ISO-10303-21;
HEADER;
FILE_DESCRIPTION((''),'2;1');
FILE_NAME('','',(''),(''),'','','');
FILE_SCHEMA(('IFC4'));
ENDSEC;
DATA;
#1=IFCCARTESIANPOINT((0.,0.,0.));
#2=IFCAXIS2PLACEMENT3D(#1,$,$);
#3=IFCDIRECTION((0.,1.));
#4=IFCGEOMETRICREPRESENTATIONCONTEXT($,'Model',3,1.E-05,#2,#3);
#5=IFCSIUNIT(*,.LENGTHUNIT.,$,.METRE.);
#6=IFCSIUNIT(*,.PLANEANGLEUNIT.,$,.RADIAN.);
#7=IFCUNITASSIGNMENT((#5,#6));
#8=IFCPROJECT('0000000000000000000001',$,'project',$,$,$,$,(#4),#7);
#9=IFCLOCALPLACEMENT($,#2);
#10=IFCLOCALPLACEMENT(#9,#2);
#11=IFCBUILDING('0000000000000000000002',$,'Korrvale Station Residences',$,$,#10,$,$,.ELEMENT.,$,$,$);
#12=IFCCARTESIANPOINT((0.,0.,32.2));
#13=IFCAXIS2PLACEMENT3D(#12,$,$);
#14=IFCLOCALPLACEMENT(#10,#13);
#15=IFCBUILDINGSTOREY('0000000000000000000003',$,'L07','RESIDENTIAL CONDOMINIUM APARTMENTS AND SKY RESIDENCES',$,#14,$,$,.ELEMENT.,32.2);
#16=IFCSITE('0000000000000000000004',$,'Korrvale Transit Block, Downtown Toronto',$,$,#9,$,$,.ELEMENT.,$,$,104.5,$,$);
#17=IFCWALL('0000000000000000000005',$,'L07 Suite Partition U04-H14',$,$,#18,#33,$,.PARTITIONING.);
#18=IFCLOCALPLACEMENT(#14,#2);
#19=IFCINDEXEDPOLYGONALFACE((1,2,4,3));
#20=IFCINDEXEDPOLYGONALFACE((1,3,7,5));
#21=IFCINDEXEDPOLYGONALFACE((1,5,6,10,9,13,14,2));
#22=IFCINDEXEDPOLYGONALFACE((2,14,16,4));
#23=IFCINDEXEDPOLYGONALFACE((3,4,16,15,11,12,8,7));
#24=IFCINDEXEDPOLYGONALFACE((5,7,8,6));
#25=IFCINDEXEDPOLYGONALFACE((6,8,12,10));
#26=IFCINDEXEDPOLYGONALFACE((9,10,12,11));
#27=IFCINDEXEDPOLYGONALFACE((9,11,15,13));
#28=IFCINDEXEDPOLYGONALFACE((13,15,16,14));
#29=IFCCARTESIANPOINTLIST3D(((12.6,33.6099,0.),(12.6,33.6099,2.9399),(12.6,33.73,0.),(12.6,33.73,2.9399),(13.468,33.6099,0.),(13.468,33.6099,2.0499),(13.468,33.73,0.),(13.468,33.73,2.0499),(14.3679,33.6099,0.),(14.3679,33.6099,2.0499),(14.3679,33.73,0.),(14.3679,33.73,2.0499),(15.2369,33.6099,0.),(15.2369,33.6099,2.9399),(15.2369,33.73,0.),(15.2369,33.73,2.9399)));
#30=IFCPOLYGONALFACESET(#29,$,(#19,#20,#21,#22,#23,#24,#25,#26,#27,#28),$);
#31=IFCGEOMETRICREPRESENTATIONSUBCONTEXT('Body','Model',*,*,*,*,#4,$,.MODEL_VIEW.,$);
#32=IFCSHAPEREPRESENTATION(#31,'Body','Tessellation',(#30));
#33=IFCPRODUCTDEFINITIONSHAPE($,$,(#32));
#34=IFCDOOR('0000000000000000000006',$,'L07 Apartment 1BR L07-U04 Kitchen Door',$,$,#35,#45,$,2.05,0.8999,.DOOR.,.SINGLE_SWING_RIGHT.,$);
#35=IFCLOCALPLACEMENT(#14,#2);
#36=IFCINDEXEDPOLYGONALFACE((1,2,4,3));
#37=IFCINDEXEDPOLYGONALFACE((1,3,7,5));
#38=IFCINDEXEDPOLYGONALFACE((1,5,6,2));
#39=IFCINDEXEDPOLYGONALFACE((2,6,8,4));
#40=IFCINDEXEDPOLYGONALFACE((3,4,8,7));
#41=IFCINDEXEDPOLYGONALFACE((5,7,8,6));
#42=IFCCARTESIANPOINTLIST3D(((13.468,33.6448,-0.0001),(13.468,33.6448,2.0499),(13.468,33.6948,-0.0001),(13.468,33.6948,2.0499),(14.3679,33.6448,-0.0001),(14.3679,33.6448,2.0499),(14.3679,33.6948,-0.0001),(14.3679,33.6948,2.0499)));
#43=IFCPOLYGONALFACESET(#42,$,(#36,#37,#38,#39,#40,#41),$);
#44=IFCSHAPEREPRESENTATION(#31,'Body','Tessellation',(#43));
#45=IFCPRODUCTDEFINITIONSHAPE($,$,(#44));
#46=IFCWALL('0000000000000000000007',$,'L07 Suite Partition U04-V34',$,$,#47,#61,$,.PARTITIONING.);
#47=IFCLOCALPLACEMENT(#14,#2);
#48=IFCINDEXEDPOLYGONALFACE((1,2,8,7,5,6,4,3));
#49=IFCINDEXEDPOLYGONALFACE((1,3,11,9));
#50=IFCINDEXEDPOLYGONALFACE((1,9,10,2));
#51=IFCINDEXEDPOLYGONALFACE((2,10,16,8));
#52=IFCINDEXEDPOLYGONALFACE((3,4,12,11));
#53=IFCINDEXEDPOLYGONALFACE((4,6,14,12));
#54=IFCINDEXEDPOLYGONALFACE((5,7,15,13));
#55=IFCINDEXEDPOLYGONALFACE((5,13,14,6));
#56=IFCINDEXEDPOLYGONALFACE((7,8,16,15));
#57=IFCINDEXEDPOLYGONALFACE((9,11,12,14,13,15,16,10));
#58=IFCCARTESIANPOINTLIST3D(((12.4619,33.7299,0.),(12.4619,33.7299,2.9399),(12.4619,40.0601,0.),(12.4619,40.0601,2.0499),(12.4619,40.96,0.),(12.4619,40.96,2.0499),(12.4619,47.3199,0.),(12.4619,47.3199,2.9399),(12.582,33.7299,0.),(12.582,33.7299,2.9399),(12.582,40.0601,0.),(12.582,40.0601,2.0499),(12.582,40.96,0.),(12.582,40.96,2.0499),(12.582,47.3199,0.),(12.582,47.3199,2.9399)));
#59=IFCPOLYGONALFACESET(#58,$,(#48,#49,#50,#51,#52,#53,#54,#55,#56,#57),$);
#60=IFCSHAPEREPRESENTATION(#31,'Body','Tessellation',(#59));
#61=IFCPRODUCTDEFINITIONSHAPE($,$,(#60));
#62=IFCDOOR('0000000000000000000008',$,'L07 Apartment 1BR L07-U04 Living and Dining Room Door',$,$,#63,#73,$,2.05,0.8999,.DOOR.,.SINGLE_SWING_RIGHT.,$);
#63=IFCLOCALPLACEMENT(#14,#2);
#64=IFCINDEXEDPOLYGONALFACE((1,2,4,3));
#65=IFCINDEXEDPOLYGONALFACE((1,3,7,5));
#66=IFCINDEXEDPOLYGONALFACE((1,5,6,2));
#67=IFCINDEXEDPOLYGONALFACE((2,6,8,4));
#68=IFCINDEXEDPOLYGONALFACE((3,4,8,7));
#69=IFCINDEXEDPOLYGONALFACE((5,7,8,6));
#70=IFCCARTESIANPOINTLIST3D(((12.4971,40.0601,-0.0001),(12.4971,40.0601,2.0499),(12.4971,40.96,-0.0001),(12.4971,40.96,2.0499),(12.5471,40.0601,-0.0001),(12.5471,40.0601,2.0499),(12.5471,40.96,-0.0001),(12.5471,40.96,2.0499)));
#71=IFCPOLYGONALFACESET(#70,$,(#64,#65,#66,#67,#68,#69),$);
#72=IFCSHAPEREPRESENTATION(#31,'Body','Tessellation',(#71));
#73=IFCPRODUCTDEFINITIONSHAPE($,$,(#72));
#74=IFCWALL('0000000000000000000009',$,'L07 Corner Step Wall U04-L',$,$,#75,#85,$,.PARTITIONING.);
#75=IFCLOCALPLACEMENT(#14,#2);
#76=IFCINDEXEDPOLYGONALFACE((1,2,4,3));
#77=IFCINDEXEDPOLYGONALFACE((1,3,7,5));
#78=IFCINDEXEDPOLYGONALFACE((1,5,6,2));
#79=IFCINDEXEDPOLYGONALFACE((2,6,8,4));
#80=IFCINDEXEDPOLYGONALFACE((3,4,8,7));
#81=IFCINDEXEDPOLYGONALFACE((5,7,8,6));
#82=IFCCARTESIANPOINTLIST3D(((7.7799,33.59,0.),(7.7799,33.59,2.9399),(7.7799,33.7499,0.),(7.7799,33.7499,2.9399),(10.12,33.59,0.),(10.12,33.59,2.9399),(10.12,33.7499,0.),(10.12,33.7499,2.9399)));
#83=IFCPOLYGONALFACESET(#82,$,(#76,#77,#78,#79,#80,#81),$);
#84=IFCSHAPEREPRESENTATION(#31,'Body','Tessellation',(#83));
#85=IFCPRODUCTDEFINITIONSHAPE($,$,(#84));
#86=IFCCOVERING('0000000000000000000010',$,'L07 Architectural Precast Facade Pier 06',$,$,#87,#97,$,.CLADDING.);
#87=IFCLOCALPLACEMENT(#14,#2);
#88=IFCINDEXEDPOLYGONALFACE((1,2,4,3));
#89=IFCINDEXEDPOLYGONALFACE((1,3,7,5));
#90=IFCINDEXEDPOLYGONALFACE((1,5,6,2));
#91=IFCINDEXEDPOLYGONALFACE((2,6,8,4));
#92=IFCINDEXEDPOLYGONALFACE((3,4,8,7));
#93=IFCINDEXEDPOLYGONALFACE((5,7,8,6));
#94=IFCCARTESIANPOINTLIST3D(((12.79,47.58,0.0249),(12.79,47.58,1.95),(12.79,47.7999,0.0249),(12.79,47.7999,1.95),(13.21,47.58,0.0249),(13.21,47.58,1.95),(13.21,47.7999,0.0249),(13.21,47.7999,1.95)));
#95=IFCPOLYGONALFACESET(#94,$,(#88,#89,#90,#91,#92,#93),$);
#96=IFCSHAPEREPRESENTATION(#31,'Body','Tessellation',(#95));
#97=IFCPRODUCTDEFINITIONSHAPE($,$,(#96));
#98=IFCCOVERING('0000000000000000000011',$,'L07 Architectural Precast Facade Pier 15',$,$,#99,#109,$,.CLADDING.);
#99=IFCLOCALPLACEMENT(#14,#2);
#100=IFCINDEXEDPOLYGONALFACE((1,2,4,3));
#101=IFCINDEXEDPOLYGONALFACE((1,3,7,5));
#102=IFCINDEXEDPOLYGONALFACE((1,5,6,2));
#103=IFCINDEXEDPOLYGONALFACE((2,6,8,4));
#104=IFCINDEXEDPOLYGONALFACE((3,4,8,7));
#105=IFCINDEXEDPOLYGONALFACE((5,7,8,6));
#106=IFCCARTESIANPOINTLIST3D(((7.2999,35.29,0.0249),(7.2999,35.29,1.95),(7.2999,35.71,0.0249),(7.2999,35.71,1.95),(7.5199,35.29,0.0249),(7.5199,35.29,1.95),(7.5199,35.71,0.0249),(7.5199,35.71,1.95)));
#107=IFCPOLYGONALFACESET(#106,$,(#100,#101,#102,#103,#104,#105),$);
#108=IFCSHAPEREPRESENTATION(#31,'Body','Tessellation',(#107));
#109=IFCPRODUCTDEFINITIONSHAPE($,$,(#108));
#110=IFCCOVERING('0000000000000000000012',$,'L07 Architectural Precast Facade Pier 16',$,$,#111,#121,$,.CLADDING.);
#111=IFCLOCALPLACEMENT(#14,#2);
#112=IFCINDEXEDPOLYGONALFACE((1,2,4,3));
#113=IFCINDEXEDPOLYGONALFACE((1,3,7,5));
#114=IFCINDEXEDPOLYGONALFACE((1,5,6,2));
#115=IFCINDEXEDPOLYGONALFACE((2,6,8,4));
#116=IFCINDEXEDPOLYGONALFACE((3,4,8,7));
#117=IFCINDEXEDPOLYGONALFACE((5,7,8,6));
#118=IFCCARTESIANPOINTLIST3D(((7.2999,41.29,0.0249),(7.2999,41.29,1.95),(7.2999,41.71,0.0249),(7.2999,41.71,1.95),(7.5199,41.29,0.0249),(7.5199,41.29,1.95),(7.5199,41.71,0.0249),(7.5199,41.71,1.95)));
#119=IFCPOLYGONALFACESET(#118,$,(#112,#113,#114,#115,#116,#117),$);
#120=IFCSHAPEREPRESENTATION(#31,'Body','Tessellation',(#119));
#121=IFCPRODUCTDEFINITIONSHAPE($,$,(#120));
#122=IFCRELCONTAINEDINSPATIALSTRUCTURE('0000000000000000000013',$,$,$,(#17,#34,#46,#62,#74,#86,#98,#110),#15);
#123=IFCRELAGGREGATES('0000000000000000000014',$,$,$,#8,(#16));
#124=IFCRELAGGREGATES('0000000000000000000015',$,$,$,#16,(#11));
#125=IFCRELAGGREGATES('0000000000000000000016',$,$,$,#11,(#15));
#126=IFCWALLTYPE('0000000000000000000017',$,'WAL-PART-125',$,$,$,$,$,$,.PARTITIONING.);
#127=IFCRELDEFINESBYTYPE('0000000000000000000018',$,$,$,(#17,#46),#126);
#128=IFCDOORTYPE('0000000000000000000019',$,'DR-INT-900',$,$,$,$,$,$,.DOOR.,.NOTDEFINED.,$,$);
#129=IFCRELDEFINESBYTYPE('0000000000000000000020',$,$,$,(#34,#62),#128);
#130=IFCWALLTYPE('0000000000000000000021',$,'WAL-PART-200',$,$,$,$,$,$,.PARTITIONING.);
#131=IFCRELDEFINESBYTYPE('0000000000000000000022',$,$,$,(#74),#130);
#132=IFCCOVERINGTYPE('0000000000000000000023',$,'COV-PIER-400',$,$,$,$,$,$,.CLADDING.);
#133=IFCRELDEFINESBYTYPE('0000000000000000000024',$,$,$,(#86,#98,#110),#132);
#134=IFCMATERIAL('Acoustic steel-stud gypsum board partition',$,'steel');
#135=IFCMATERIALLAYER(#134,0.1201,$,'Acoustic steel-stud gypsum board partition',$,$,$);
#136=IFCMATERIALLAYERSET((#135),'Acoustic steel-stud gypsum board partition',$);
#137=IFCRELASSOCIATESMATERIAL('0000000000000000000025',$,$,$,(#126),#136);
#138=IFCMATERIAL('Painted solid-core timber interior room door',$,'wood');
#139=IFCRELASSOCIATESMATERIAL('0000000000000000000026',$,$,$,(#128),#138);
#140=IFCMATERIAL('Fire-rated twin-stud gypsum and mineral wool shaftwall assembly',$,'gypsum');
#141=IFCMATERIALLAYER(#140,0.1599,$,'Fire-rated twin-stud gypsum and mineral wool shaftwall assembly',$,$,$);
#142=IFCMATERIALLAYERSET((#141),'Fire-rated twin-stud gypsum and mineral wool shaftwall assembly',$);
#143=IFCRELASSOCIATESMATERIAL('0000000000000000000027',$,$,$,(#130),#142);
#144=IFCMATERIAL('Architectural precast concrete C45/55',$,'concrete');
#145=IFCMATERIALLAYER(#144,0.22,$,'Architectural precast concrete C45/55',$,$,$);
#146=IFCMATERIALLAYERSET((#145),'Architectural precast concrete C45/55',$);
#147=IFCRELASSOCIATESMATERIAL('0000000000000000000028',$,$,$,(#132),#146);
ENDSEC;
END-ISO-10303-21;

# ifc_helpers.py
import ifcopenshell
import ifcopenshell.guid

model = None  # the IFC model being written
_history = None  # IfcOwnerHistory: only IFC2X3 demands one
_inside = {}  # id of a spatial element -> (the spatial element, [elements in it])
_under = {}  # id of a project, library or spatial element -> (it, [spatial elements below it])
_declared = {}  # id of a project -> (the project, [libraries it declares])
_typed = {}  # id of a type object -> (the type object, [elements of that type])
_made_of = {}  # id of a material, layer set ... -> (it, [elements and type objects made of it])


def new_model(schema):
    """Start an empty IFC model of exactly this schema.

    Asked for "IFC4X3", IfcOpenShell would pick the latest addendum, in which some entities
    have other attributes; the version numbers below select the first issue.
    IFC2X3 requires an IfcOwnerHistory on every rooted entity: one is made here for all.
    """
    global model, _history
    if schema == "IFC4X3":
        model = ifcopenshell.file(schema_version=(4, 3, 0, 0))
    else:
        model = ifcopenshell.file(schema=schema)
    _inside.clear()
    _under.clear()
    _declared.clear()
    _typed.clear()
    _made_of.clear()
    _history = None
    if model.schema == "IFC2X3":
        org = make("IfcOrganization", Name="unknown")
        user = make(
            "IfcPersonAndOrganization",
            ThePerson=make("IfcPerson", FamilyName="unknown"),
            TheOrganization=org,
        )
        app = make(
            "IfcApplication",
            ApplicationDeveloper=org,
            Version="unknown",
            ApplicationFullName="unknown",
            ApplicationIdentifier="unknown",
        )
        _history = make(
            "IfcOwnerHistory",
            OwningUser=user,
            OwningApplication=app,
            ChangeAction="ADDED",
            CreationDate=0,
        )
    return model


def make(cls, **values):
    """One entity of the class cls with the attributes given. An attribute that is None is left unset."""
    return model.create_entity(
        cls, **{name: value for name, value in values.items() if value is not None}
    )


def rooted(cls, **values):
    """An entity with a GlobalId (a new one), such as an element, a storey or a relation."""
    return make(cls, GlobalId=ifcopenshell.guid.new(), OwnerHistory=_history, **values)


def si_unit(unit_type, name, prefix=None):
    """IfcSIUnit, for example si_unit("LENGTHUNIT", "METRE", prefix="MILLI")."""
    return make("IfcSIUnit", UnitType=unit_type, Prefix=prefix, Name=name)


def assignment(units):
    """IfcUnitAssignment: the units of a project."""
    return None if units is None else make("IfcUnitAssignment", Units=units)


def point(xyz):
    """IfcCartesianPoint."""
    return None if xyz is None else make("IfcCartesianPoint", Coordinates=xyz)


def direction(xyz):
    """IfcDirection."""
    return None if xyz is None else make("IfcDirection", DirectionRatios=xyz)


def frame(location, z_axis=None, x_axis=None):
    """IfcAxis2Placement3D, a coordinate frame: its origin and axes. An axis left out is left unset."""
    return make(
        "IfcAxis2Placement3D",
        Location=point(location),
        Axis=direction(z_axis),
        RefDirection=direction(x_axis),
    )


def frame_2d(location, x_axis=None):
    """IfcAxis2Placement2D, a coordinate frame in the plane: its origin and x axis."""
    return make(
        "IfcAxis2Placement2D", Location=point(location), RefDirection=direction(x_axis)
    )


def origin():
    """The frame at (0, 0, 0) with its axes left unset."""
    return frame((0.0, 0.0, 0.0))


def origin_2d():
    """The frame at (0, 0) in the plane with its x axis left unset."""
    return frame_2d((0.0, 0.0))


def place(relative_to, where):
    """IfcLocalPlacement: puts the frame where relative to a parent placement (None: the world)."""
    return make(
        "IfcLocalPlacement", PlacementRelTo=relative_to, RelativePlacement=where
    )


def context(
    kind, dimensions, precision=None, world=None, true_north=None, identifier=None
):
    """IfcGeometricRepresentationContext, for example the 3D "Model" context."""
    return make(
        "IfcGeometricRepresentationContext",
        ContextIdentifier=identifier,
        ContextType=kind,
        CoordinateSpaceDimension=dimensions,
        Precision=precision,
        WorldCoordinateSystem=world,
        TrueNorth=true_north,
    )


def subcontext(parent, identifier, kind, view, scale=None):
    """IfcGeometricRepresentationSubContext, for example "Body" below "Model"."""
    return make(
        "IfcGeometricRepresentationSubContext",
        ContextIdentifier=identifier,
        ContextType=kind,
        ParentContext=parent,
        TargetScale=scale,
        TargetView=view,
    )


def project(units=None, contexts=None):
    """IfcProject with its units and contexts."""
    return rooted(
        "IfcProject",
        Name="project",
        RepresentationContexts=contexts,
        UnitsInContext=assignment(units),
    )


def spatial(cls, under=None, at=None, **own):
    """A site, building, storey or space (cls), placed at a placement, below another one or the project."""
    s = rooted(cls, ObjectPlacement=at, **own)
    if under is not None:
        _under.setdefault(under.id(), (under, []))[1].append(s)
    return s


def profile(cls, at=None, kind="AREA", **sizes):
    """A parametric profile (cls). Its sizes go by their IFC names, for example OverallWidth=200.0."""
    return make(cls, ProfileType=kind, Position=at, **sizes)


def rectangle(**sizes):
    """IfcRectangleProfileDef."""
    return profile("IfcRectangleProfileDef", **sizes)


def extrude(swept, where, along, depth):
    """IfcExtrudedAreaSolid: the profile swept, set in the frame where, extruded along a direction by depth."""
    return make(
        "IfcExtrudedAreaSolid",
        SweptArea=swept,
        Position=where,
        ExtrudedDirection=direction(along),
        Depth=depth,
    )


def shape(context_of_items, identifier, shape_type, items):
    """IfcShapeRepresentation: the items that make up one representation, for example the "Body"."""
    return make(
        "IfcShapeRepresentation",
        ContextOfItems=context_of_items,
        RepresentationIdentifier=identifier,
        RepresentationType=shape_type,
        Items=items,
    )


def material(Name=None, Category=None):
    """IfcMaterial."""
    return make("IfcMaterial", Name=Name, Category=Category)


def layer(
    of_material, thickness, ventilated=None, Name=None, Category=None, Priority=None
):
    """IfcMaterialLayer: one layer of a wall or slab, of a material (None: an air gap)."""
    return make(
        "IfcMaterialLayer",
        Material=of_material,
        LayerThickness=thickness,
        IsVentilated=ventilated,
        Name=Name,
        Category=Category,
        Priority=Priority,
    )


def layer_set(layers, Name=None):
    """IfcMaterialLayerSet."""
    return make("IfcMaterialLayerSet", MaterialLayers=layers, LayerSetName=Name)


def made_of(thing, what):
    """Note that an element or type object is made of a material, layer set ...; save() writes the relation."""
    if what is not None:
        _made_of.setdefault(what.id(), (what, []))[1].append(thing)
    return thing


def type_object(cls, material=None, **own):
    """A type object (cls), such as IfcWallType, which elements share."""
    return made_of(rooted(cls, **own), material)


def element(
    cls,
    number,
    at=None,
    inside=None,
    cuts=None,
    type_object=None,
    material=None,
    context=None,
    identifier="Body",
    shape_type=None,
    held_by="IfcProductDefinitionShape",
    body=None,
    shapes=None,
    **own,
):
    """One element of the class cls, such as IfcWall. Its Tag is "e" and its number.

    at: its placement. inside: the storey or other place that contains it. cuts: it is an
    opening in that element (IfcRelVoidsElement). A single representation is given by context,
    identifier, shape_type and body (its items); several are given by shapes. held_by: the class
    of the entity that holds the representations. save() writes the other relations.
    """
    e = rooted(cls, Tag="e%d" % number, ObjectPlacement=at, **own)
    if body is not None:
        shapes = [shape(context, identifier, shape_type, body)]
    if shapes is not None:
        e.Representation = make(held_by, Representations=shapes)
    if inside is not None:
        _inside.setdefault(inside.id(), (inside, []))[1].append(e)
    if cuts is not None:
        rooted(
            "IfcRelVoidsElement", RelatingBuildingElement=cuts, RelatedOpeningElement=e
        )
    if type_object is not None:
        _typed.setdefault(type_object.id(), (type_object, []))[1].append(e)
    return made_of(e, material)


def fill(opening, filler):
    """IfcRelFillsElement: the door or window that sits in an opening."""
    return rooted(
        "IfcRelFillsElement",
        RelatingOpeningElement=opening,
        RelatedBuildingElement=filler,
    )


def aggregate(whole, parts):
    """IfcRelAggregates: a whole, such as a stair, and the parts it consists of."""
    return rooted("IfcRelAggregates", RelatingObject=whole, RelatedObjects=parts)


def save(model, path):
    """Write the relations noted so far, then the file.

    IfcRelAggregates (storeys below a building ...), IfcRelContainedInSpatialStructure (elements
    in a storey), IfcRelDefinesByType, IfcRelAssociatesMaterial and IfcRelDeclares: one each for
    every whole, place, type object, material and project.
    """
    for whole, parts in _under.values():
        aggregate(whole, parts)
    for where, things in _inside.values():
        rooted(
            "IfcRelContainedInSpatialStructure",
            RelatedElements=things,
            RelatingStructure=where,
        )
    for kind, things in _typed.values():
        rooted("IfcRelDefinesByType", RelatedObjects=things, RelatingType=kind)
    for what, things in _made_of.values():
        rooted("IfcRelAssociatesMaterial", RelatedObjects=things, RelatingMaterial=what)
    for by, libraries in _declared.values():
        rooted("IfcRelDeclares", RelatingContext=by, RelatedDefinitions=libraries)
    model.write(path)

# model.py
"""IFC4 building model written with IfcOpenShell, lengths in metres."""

from ifc_helpers import new_model, si_unit, direction, frame, frame_2d, origin, origin_2d, place, context, subcontext, project, spatial, rectangle, extrude, material, layer, layer_set, type_object, element, fill, save


model = new_model("IFC4")

# Units and contexts
model_context = context("Model", 3, precision=1e-05, world=origin(), true_north=direction((0.0, 1.0)))
body_context = subcontext(model_context, "Body", "Model", "MODEL_VIEW")
ifc_project = project(units=[si_unit("LENGTHUNIT", "METRE"), si_unit("PLANEANGLEUNIT", "RADIAN")], contexts=[model_context])

# Site, building, storey
site_placement = place(None, origin())
site = spatial("IfcSite", under=ifc_project, at=site_placement, Name="Korrvale Transit Block, Downtown Toronto", CompositionType="ELEMENT", RefElevation=104.5)
building_placement = place(site_placement, origin())
building = spatial("IfcBuilding", under=site, at=building_placement, Name="Korrvale Station Residences", CompositionType="ELEMENT")
storey_placement = place(building_placement, frame((0.0, 0.0, 32.2)))
storey = spatial("IfcBuildingStorey", under=building, at=storey_placement, Name="L07", Description="RESIDENTIAL CONDOMINIUM APARTMENTS AND SKY RESIDENCES", CompositionType="ELEMENT", Elevation=32.2)

# Shared definitions
ifc_material_1 = material(Name="Acoustic steel-stud gypsum board partition", Category="steel")
ifc_layer_1 = layer(ifc_material_1, 0.1201, Name="Acoustic steel-stud gypsum board partition")
ifc_layer_set_1 = layer_set([ifc_layer_1], Name="Acoustic steel-stud gypsum board partition")
wall_type_1 = type_object("IfcWallType", Name="WAL-PART-125", PredefinedType="PARTITIONING", material=ifc_layer_set_1)

# Walls, openings, doors
wall_1_placement = place(storey_placement, frame((12.6001, 33.6699, 0.0), z_axis=(0.0, 0.0, 1.0), x_axis=(1.0, 0.0, 0.0)))
wall_1 = element("IfcWall", 1, at=wall_1_placement, inside=storey, type_object=wall_type_1, Name="L07 Suite Partition U04-H14", PredefinedType="PARTITIONING", context=body_context, shape_type="SweptSolid", body=[
    extrude(rectangle(XDim=2.637, YDim=0.1201, at=frame_2d((1.3184, 0.0))), origin(), (0.0, 0.0, 1.0), 2.9399),
])
opening_1_placement = place(wall_1_placement, frame((0.8679, 0.0, 0.0)))
opening_1 = element("IfcOpeningElement", 2, at=opening_1_placement, cuts=wall_1, PredefinedType="OPENING", context=body_context, shape_type="SweptSolid", body=[
    extrude(rectangle(XDim=0.8999, YDim=2.05, at=frame_2d((0.45, 1.0249))), frame((0.0, 0.0701, 0.0), z_axis=(0.0, -1.0, 0.0), x_axis=(1.0, 0.0, 0.0)), (0.0, 0.0, 1.0), 0.1401),
])
ifc_material_2 = material(Name="Painted solid-core timber interior room door", Category="wood")
door_type = type_object("IfcDoorType", Name="DR-INT-900", OperationType="NOTDEFINED", PredefinedType="DOOR", material=ifc_material_2)
door_1_placement = place(opening_1_placement, origin())
door_1 = element("IfcDoor", 3, at=door_1_placement, inside=storey, type_object=door_type, Name="L07 Apartment 1BR L07-U04 Kitchen Door", OperationType="SINGLE_SWING_RIGHT", OverallHeight=2.05, OverallWidth=0.8999, PredefinedType="DOOR", context=body_context, shape_type="SweptSolid", body=[
    extrude(rectangle(XDim=0.8999, YDim=2.05, at=frame_2d((0.45, 1.0249))), frame((0.0, 0.0249, 0.0), z_axis=(0.0, -1.0, 0.0), x_axis=(1.0, 0.0, 0.0)), (0.0, 0.0, 1.0), 0.05),
])
fill(opening_1, door_1)
wall_2_placement = place(storey_placement, frame((12.522, 33.73, 0.0), z_axis=(0.0, 0.0, 1.0), x_axis=(0.0, 1.0, 0.0)))
wall_2 = element("IfcWall", 4, at=wall_2_placement, inside=storey, type_object=wall_type_1, Name="L07 Suite Partition U04-V34", PredefinedType="PARTITIONING", context=body_context, shape_type="SweptSolid", body=[
    extrude(rectangle(XDim=13.5901, YDim=0.1201, at=frame_2d((6.7949, 0.0))), origin(), (0.0, 0.0, 1.0), 2.9399),
])
opening_2_placement = place(wall_2_placement, frame((6.3301, 0.0, 0.0)))
opening_2 = element("IfcOpeningElement", 5, at=opening_2_placement, cuts=wall_2, PredefinedType="OPENING", context=body_context, shape_type="SweptSolid", body=[
    extrude(rectangle(XDim=0.8999, YDim=2.05, at=frame_2d((0.45, 1.0249))), frame((0.0, 0.0701, 0.0), z_axis=(0.0, -1.0, 0.0), x_axis=(1.0, 0.0, 0.0)), (0.0, 0.0, 1.0), 0.1401),
])
door_2_placement = place(opening_2_placement, origin())
door_2 = element("IfcDoor", 6, at=door_2_placement, inside=storey, type_object=door_type, Name="L07 Apartment 1BR L07-U04 Living and Dining Room Door", OperationType="SINGLE_SWING_RIGHT", OverallHeight=2.05, OverallWidth=0.8999, PredefinedType="DOOR", context=body_context, shape_type="SweptSolid", body=[
    extrude(rectangle(XDim=0.8999, YDim=2.05, at=frame_2d((0.45, 1.0249))), frame((0.0, 0.0249, 0.0), z_axis=(0.0, -1.0, 0.0), x_axis=(1.0, 0.0, 0.0)), (0.0, 0.0, 1.0), 0.05),
])
fill(opening_2, door_2)

# Wall
ifc_material_3 = material(Name="Fire-rated twin-stud gypsum and mineral wool shaftwall assembly", Category="gypsum")
ifc_layer_2 = layer(ifc_material_3, 0.1599, Name="Fire-rated twin-stud gypsum and mineral wool shaftwall assembly")
ifc_layer_set_2 = layer_set([ifc_layer_2], Name="Fire-rated twin-stud gypsum and mineral wool shaftwall assembly")
wall_type_2 = type_object("IfcWallType", Name="WAL-PART-200", PredefinedType="PARTITIONING", material=ifc_layer_set_2)
wall_3_placement = place(storey_placement, frame((7.78, 33.6699, 0.0), z_axis=(0.0, 0.0, 1.0), x_axis=(1.0, 0.0, 0.0)))
element("IfcWall", 7, at=wall_3_placement, inside=storey, type_object=wall_type_2, Name="L07 Corner Step Wall U04-L", PredefinedType="PARTITIONING", context=body_context, shape_type="SweptSolid", body=[
    extrude(rectangle(XDim=2.3401, YDim=0.1599, at=frame_2d((1.1699, 0.0))), origin(), (0.0, 0.0, 1.0), 2.9399),
])

# Coverings
ifc_material_4 = material(Name="Architectural precast concrete C45/55", Category="concrete")
ifc_layer_3 = layer(ifc_material_4, 0.22, Name="Architectural precast concrete C45/55")
ifc_layer_set_3 = layer_set([ifc_layer_3], Name="Architectural precast concrete C45/55")
covering_type = type_object("IfcCoveringType", Name="COV-PIER-400", PredefinedType="CLADDING", material=ifc_layer_set_3)
for number, where, z_axis, x_axis, name in (
    (8, (13.0, 47.6899, 0.0249), (0.0, 0.0, 1.0), (1.0, 0.0, 0.0), "L07 Architectural Precast Facade Pier 06"),
    (9, (7.4099, 35.5, 0.0249), (0.0, 0.0, 1.0), (0.0, 1.0, 0.0), "L07 Architectural Precast Facade Pier 15"),
    (10, (7.4099, 41.5, 0.0249), (0.0, 0.0, 1.0), (0.0, 1.0, 0.0), "L07 Architectural Precast Facade Pier 16"),
):
    element("IfcCovering", number, at=place(storey_placement, frame(where, z_axis=z_axis, x_axis=x_axis)), inside=storey, type_object=covering_type, Name=name, PredefinedType="CLADDING", context=body_context, shape_type="SweptSolid", body=[
        extrude(rectangle(XDim=0.4199, YDim=0.22, at=origin_2d()), origin(), (0.0, 0.0, 1.0), 1.925),
    ])

save(model, "model.ifc")
